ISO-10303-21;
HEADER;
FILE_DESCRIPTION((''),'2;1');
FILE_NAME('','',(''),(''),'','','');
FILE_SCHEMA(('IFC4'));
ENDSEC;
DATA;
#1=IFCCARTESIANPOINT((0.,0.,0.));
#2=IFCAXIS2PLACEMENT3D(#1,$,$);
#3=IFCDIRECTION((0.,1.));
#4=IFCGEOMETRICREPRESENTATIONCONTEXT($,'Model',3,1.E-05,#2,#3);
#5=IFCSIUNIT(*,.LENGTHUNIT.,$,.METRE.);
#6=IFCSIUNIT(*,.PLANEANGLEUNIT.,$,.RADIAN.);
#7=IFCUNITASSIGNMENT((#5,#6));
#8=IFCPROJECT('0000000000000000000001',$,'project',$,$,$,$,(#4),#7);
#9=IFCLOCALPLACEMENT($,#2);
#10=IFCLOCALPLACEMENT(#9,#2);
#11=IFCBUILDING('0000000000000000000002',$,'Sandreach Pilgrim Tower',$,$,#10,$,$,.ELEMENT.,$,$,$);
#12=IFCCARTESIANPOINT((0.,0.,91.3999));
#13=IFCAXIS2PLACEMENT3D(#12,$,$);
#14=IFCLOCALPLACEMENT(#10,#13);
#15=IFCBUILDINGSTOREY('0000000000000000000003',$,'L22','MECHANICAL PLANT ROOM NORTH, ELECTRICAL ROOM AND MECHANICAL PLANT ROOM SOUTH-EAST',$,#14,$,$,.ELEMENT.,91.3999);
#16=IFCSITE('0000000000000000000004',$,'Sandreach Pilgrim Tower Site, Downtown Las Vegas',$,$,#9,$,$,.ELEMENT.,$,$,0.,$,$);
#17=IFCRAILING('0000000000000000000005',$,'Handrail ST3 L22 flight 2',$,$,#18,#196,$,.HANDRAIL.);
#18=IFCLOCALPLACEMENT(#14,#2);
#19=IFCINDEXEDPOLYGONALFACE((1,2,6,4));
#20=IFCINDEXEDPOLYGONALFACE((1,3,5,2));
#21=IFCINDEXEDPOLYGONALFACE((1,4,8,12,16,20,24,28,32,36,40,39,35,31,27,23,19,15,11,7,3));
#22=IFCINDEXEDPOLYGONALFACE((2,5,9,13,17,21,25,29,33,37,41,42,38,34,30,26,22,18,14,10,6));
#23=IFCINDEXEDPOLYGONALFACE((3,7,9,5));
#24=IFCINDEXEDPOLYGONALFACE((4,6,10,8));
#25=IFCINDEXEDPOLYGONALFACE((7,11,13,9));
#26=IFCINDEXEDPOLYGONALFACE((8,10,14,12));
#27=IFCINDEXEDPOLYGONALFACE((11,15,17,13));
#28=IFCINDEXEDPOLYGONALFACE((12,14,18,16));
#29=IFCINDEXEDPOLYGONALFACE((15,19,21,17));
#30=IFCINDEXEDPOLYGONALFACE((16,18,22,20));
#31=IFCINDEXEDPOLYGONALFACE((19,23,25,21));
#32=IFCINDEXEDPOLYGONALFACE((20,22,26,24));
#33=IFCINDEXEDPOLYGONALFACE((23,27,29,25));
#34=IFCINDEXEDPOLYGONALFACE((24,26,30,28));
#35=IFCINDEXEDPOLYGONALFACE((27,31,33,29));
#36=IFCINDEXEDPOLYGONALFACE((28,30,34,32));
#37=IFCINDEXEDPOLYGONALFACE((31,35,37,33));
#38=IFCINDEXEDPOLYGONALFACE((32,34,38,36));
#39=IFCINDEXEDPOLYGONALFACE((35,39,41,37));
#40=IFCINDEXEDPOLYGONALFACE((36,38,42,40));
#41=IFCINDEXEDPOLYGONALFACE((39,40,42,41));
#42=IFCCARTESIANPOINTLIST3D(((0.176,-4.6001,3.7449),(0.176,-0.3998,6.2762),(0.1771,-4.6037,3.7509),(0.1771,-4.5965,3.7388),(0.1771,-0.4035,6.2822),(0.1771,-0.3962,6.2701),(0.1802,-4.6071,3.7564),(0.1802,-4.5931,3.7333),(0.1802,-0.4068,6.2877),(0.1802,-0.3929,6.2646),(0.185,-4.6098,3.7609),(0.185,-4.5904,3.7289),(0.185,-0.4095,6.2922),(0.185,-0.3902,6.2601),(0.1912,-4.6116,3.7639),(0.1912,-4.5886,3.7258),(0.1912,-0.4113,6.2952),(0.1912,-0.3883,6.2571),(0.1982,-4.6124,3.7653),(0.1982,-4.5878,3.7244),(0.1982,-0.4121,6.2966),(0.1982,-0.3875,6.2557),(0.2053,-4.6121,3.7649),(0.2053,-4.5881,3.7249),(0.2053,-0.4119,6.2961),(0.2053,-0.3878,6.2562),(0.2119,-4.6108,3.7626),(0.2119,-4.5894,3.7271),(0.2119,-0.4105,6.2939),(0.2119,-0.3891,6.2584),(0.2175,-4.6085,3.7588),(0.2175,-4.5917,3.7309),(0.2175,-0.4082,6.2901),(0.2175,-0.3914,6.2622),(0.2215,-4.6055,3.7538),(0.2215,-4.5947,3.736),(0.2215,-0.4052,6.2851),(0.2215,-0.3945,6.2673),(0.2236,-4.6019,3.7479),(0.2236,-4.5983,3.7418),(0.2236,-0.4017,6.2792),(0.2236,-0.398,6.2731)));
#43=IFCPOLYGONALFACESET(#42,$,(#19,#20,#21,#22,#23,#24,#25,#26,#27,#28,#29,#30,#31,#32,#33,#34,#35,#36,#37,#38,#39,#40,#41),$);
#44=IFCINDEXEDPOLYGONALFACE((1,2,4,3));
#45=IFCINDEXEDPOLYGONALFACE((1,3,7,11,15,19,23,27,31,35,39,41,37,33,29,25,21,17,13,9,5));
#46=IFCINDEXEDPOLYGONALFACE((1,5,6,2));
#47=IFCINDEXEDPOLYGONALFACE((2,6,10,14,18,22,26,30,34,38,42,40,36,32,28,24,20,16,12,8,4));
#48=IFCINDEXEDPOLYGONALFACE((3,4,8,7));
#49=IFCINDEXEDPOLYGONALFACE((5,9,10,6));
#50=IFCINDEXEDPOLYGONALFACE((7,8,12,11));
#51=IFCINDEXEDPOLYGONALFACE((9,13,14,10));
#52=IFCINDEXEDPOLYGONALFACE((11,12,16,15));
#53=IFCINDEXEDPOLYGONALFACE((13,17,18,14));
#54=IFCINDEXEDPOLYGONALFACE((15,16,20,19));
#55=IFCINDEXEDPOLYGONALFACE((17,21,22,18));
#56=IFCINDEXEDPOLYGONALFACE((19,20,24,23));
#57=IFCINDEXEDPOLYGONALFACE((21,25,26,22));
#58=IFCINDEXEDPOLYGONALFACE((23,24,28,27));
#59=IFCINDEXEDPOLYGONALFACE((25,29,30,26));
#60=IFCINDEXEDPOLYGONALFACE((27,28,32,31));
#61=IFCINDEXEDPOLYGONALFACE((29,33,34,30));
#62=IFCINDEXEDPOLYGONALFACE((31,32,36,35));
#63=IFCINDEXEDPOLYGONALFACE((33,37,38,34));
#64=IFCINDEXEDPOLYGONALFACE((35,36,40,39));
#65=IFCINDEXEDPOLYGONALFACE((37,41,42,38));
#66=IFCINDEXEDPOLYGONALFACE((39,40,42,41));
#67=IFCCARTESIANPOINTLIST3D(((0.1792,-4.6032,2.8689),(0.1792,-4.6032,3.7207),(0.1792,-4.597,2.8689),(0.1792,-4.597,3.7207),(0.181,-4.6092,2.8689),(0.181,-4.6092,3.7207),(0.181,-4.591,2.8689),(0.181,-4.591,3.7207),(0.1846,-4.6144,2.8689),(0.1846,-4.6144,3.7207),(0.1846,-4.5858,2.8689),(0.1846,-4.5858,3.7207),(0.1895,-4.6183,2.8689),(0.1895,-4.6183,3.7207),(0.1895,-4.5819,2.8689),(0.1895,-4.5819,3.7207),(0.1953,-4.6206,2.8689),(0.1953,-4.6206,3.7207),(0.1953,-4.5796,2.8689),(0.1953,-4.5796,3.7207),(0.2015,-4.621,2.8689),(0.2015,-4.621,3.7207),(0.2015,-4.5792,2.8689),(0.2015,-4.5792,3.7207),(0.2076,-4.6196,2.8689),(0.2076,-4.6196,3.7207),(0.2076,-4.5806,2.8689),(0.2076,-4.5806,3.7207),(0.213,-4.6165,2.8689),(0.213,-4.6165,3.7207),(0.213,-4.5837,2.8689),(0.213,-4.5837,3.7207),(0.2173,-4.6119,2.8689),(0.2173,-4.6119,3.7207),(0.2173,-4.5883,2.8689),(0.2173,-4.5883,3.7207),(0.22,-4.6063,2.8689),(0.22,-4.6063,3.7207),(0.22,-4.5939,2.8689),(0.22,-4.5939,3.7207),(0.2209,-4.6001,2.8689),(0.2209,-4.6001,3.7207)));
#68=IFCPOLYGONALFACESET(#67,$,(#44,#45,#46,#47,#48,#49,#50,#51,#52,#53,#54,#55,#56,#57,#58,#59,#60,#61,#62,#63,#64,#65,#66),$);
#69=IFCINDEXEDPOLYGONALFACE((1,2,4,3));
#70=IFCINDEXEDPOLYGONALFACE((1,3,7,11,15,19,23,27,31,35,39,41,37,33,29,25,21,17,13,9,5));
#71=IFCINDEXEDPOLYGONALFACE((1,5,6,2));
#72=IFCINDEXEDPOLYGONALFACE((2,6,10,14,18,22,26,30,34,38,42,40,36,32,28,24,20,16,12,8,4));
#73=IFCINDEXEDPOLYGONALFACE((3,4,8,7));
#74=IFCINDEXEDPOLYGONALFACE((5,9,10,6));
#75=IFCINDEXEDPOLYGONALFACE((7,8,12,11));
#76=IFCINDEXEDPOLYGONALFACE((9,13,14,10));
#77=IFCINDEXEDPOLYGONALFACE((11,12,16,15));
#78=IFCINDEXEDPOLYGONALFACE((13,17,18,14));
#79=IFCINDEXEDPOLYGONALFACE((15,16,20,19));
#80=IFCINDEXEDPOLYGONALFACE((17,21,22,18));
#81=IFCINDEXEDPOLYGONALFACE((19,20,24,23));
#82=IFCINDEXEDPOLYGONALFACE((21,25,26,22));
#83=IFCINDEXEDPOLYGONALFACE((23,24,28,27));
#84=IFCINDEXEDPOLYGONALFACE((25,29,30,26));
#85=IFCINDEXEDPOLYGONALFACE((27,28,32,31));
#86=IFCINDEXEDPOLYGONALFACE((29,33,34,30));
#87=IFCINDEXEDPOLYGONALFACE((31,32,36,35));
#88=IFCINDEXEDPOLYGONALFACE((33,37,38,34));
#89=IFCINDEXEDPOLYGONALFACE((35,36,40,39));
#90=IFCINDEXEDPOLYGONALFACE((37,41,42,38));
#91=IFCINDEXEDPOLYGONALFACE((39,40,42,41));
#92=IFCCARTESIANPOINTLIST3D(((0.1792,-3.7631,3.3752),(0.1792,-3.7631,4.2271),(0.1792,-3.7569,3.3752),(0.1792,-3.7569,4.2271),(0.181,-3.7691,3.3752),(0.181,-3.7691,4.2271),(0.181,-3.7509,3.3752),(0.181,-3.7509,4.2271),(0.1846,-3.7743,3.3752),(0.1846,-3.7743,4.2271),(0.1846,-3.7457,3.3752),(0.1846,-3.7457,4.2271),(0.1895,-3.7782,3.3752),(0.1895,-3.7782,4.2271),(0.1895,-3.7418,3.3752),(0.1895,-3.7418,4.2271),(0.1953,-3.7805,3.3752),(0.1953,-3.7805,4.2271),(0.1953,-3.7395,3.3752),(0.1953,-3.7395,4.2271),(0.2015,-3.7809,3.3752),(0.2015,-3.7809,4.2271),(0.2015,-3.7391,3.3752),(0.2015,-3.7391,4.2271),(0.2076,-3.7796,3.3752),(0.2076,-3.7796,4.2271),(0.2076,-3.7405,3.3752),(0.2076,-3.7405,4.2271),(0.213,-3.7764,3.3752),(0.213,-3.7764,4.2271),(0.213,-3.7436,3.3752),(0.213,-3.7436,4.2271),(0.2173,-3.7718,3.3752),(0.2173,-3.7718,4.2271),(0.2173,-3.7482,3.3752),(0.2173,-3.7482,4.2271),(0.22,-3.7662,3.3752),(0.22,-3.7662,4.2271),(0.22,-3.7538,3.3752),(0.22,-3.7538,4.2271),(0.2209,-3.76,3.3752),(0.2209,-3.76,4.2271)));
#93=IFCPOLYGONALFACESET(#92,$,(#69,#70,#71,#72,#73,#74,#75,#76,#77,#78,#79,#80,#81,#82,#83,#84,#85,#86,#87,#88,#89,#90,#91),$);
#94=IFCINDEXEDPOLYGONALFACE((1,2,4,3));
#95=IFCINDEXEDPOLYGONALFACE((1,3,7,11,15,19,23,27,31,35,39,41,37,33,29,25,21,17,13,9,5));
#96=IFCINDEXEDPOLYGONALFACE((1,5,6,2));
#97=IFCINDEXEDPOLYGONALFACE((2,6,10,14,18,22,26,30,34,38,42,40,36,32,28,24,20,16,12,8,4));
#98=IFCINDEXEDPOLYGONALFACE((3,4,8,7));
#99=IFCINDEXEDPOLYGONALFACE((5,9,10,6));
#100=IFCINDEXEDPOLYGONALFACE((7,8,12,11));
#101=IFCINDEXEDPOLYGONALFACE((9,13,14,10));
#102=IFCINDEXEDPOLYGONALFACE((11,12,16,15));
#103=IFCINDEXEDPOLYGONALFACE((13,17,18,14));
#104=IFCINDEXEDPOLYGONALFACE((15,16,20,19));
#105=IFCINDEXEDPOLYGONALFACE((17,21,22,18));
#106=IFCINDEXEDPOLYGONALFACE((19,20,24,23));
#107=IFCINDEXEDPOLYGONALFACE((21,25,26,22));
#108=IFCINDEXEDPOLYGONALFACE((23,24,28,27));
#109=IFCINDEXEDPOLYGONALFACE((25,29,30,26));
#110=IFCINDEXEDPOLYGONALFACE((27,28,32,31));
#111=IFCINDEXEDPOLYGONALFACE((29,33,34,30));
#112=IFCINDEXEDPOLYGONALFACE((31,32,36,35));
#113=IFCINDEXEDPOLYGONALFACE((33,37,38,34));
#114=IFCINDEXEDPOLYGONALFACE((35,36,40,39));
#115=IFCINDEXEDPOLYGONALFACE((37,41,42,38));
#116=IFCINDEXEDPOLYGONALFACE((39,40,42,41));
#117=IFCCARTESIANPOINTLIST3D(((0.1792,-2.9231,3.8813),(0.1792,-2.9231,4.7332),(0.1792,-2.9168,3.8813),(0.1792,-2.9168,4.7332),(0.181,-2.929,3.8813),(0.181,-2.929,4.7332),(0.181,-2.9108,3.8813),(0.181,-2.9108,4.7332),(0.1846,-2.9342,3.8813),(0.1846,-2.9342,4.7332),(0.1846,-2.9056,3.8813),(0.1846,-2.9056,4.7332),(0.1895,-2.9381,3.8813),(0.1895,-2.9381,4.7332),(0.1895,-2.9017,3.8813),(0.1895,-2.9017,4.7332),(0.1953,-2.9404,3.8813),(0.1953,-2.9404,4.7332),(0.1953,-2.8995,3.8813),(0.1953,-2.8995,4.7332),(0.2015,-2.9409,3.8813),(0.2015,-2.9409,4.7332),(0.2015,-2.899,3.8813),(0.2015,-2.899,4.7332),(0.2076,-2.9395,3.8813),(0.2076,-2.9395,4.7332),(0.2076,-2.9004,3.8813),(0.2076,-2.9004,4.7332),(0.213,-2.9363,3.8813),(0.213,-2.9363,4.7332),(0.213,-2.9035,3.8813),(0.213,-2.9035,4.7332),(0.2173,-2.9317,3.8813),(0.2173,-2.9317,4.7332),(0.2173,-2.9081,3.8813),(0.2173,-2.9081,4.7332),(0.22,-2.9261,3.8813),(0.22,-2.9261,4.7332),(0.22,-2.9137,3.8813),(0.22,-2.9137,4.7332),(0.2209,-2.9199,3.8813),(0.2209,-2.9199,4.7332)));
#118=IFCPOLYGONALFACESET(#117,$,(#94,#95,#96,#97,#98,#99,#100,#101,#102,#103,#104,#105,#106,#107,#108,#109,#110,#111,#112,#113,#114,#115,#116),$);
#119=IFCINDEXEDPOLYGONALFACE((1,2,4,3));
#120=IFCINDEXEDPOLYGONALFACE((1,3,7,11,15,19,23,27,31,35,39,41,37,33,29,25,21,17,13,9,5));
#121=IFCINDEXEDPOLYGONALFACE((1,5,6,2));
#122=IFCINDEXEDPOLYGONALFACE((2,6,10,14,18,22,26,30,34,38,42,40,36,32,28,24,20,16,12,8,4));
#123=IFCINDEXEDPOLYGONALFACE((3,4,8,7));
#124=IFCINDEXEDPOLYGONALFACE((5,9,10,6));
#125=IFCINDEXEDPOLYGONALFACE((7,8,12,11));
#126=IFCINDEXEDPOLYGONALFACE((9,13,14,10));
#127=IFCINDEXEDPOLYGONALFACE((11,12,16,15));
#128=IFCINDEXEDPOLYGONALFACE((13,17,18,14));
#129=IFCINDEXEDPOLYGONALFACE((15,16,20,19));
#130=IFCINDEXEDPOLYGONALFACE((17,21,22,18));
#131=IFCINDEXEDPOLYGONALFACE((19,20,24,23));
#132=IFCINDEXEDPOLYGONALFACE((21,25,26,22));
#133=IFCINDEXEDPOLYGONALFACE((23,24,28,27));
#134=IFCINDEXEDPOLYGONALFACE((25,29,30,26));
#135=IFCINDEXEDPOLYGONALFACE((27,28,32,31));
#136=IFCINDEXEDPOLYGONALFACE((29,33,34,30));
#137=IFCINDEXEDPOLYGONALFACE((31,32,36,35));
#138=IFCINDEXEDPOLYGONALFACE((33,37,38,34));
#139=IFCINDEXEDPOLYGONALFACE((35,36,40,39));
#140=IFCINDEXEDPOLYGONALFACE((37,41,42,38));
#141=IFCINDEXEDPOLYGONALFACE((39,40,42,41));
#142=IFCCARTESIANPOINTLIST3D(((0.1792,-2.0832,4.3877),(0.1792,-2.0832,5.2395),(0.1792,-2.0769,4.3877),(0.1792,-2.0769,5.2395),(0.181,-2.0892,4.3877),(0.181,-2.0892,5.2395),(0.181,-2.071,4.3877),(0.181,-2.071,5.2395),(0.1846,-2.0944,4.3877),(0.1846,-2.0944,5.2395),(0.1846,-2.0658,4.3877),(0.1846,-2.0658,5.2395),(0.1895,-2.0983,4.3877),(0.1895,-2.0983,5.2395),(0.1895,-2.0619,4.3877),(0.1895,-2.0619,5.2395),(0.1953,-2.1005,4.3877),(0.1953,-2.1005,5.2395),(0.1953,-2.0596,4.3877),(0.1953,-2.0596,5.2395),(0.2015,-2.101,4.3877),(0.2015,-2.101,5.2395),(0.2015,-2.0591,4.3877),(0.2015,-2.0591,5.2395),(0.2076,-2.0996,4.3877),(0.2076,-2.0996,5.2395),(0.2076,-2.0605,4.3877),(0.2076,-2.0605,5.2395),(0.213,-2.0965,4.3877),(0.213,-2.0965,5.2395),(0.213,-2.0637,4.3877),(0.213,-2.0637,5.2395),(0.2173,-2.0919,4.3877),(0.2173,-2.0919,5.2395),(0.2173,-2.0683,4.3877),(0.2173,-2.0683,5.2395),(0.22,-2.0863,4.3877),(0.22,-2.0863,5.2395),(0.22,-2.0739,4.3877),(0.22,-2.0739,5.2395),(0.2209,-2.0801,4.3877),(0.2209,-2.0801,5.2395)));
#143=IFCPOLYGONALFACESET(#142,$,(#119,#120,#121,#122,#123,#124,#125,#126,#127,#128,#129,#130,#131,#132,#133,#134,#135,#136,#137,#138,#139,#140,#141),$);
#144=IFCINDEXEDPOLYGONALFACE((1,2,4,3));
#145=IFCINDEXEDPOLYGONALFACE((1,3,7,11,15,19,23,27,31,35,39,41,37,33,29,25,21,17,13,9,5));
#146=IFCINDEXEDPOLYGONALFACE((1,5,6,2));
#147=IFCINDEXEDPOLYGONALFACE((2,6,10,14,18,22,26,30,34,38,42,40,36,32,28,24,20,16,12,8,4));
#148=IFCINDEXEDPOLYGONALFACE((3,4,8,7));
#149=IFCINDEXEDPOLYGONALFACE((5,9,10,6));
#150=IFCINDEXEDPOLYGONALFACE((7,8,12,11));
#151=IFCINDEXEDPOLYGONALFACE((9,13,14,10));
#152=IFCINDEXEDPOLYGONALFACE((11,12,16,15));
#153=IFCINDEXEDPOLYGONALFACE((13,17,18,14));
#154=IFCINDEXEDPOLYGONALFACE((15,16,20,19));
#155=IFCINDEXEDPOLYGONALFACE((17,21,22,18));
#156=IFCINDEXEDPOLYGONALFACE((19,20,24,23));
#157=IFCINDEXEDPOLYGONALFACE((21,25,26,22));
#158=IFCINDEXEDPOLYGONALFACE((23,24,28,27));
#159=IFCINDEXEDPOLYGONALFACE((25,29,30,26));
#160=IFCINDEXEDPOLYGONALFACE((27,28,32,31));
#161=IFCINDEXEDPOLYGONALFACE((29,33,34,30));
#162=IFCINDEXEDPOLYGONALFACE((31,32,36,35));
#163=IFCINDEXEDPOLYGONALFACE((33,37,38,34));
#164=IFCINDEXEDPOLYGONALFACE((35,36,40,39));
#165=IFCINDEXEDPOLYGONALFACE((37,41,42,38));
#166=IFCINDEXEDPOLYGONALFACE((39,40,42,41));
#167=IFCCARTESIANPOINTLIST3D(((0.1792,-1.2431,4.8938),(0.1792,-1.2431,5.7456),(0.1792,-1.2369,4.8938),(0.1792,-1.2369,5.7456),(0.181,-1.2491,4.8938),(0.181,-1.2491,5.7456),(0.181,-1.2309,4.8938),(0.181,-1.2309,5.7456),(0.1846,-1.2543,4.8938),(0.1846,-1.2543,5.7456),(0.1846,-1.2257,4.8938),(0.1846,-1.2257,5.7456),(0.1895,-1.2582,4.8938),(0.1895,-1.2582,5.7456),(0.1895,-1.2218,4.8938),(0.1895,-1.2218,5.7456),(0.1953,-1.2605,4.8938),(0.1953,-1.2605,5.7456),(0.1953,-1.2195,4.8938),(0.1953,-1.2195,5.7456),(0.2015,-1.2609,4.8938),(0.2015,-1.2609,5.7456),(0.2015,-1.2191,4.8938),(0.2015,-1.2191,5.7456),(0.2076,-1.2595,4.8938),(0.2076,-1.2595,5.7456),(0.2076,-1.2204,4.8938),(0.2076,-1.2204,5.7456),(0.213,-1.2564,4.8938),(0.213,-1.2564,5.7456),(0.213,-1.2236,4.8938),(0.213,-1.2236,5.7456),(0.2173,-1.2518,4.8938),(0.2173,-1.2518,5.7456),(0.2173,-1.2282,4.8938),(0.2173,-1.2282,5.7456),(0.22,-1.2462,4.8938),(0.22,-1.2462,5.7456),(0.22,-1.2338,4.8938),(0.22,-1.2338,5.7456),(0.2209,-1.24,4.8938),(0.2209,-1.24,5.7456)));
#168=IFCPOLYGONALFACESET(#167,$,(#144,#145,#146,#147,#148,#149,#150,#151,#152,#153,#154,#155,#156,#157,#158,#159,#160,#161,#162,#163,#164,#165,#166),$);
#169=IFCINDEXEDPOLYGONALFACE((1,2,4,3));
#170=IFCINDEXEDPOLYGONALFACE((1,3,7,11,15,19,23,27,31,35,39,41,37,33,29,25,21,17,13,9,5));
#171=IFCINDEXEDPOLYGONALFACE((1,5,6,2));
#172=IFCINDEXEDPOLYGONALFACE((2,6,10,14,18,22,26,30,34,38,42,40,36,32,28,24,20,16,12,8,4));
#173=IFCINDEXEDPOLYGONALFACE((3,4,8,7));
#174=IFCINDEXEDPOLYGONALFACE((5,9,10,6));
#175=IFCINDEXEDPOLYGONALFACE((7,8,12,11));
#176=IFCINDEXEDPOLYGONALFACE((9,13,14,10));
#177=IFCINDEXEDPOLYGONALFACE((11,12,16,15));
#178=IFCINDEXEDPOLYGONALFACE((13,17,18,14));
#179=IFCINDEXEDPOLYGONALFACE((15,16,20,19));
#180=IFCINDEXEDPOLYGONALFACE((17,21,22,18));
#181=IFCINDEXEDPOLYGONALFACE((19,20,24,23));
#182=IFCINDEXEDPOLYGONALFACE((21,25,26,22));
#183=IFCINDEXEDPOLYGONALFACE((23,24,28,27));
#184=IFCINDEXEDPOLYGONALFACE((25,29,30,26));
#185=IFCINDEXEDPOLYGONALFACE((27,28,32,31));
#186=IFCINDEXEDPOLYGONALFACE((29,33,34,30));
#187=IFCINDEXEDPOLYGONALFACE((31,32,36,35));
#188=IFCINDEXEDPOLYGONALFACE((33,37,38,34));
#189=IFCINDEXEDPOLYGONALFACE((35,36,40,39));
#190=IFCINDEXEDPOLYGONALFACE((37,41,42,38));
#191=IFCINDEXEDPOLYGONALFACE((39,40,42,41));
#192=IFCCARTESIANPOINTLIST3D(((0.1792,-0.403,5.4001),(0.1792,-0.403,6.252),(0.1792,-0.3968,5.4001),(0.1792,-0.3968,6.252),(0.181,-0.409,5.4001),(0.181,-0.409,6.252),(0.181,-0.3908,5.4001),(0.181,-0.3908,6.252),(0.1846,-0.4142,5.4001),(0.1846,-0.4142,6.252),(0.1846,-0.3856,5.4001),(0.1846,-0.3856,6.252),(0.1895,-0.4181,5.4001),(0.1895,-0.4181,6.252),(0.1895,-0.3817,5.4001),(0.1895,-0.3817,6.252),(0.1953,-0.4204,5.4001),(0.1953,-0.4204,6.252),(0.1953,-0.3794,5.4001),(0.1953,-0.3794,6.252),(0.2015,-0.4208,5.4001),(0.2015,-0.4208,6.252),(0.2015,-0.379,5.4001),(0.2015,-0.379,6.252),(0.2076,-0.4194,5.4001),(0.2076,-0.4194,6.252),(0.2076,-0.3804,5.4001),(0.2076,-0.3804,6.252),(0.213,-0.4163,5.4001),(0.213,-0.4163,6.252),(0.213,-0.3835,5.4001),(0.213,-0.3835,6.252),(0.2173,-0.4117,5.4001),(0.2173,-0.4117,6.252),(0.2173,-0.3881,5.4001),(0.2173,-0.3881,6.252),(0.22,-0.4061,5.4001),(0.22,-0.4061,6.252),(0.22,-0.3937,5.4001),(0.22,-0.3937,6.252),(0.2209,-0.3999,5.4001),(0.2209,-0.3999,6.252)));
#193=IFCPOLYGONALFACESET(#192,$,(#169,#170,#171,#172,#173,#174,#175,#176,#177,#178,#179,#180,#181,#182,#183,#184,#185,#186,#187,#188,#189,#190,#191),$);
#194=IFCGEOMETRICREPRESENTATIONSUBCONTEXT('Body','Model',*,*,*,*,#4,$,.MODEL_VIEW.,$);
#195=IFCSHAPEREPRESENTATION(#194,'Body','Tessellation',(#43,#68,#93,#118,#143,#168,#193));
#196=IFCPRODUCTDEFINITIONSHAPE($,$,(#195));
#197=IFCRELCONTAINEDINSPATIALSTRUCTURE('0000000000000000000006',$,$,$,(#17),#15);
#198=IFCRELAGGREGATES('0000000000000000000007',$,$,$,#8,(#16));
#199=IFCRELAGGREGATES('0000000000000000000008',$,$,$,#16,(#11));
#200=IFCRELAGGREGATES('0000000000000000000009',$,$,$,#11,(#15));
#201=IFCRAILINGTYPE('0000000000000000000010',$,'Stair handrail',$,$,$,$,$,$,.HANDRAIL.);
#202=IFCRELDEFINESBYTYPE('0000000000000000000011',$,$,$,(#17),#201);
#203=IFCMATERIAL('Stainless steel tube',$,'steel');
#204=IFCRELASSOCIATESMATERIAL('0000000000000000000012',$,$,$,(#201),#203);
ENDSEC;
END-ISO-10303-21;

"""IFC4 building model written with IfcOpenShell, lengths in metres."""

from ifc_helpers import new_model, si_unit, direction, frame, origin, origin_2d, place, context, subcontext, project, spatial, circle, extrude, material, type_object, element, save


model = new_model("IFC4")

# Units and contexts
model_context = context("Model", 3, precision=1e-05, world=origin(), true_north=direction((0.0, 1.0)))
body_context = subcontext(model_context, "Body", "Model", "MODEL_VIEW")
ifc_project = project(units=[si_unit("LENGTHUNIT", "METRE"), si_unit("PLANEANGLEUNIT", "RADIAN")], contexts=[model_context])

# Site, building, storey
site_placement = place(None, origin())
site = spatial("IfcSite", under=ifc_project, at=site_placement, Name="Sandreach Pilgrim Tower Site, Downtown Las Vegas", CompositionType="ELEMENT", RefElevation=0.0)
building_placement = place(site_placement, origin())
building = spatial("IfcBuilding", under=site, at=building_placement, Name="Sandreach Pilgrim Tower", CompositionType="ELEMENT")
storey_placement = place(building_placement, frame((0.0, 0.0, 91.3999)))
storey = spatial("IfcBuildingStorey", under=building, at=storey_placement, Name="L22", Description="MECHANICAL PLANT ROOM NORTH, ELECTRICAL ROOM AND MECHANICAL PLANT ROOM SOUTH-EAST", CompositionType="ELEMENT", Elevation=91.3999)

# Railing
ifc_material_1 = material(Name="Stainless steel tube", Category="steel")
railing_type = type_object("IfcRailingType", Name="Stair handrail", PredefinedType="HANDRAIL", material=ifc_material_1)
for number, where, name in (
    (1, (0.2, -4.6001, 2.8689), "Handrail ST3 L22 flight 2"),
):
    element("IfcRailing", number, at=place(storey_placement, frame(where)), inside=storey, type_object=railing_type, Name=name, PredefinedType="HANDRAIL", context=body_context, shape_type="SweptSolid", body=[
        extrude(circle(Radius=0.0239, at=origin_2d()), frame((0.0, 0.0, 0.876), z_axis=(0.0, 0.85649, 0.516164), x_axis=(-1.0, 0.0, 0.0)), (0.0, 0.0, 1.0), 4.9041),
        extrude(circle(Radius=0.021, at=origin_2d()), origin(), (0.0, 0.0, 1.0), 0.8518),
        extrude(circle(Radius=0.021, at=origin_2d()), frame((0.0, 0.8401, 0.5063)), (0.0, 0.0, 1.0), 0.8518),
        extrude(circle(Radius=0.021, at=origin_2d()), frame((0.0, 1.6802, 1.0125)), (0.0, 0.0, 1.0), 0.8518),
        extrude(circle(Radius=0.021, at=origin_2d()), frame((0.0, 2.52, 1.5188)), (0.0, 0.0, 1.0), 0.8518),
        extrude(circle(Radius=0.021, at=origin_2d()), frame((0.0, 3.3601, 2.0249)), (0.0, 0.0, 1.0), 0.8518),
        extrude(circle(Radius=0.021, at=origin_2d()), frame((0.0, 4.2002, 2.5312)), (0.0, 0.0, 1.0), 0.8518),
    ])

save(model, "model.ifc")
